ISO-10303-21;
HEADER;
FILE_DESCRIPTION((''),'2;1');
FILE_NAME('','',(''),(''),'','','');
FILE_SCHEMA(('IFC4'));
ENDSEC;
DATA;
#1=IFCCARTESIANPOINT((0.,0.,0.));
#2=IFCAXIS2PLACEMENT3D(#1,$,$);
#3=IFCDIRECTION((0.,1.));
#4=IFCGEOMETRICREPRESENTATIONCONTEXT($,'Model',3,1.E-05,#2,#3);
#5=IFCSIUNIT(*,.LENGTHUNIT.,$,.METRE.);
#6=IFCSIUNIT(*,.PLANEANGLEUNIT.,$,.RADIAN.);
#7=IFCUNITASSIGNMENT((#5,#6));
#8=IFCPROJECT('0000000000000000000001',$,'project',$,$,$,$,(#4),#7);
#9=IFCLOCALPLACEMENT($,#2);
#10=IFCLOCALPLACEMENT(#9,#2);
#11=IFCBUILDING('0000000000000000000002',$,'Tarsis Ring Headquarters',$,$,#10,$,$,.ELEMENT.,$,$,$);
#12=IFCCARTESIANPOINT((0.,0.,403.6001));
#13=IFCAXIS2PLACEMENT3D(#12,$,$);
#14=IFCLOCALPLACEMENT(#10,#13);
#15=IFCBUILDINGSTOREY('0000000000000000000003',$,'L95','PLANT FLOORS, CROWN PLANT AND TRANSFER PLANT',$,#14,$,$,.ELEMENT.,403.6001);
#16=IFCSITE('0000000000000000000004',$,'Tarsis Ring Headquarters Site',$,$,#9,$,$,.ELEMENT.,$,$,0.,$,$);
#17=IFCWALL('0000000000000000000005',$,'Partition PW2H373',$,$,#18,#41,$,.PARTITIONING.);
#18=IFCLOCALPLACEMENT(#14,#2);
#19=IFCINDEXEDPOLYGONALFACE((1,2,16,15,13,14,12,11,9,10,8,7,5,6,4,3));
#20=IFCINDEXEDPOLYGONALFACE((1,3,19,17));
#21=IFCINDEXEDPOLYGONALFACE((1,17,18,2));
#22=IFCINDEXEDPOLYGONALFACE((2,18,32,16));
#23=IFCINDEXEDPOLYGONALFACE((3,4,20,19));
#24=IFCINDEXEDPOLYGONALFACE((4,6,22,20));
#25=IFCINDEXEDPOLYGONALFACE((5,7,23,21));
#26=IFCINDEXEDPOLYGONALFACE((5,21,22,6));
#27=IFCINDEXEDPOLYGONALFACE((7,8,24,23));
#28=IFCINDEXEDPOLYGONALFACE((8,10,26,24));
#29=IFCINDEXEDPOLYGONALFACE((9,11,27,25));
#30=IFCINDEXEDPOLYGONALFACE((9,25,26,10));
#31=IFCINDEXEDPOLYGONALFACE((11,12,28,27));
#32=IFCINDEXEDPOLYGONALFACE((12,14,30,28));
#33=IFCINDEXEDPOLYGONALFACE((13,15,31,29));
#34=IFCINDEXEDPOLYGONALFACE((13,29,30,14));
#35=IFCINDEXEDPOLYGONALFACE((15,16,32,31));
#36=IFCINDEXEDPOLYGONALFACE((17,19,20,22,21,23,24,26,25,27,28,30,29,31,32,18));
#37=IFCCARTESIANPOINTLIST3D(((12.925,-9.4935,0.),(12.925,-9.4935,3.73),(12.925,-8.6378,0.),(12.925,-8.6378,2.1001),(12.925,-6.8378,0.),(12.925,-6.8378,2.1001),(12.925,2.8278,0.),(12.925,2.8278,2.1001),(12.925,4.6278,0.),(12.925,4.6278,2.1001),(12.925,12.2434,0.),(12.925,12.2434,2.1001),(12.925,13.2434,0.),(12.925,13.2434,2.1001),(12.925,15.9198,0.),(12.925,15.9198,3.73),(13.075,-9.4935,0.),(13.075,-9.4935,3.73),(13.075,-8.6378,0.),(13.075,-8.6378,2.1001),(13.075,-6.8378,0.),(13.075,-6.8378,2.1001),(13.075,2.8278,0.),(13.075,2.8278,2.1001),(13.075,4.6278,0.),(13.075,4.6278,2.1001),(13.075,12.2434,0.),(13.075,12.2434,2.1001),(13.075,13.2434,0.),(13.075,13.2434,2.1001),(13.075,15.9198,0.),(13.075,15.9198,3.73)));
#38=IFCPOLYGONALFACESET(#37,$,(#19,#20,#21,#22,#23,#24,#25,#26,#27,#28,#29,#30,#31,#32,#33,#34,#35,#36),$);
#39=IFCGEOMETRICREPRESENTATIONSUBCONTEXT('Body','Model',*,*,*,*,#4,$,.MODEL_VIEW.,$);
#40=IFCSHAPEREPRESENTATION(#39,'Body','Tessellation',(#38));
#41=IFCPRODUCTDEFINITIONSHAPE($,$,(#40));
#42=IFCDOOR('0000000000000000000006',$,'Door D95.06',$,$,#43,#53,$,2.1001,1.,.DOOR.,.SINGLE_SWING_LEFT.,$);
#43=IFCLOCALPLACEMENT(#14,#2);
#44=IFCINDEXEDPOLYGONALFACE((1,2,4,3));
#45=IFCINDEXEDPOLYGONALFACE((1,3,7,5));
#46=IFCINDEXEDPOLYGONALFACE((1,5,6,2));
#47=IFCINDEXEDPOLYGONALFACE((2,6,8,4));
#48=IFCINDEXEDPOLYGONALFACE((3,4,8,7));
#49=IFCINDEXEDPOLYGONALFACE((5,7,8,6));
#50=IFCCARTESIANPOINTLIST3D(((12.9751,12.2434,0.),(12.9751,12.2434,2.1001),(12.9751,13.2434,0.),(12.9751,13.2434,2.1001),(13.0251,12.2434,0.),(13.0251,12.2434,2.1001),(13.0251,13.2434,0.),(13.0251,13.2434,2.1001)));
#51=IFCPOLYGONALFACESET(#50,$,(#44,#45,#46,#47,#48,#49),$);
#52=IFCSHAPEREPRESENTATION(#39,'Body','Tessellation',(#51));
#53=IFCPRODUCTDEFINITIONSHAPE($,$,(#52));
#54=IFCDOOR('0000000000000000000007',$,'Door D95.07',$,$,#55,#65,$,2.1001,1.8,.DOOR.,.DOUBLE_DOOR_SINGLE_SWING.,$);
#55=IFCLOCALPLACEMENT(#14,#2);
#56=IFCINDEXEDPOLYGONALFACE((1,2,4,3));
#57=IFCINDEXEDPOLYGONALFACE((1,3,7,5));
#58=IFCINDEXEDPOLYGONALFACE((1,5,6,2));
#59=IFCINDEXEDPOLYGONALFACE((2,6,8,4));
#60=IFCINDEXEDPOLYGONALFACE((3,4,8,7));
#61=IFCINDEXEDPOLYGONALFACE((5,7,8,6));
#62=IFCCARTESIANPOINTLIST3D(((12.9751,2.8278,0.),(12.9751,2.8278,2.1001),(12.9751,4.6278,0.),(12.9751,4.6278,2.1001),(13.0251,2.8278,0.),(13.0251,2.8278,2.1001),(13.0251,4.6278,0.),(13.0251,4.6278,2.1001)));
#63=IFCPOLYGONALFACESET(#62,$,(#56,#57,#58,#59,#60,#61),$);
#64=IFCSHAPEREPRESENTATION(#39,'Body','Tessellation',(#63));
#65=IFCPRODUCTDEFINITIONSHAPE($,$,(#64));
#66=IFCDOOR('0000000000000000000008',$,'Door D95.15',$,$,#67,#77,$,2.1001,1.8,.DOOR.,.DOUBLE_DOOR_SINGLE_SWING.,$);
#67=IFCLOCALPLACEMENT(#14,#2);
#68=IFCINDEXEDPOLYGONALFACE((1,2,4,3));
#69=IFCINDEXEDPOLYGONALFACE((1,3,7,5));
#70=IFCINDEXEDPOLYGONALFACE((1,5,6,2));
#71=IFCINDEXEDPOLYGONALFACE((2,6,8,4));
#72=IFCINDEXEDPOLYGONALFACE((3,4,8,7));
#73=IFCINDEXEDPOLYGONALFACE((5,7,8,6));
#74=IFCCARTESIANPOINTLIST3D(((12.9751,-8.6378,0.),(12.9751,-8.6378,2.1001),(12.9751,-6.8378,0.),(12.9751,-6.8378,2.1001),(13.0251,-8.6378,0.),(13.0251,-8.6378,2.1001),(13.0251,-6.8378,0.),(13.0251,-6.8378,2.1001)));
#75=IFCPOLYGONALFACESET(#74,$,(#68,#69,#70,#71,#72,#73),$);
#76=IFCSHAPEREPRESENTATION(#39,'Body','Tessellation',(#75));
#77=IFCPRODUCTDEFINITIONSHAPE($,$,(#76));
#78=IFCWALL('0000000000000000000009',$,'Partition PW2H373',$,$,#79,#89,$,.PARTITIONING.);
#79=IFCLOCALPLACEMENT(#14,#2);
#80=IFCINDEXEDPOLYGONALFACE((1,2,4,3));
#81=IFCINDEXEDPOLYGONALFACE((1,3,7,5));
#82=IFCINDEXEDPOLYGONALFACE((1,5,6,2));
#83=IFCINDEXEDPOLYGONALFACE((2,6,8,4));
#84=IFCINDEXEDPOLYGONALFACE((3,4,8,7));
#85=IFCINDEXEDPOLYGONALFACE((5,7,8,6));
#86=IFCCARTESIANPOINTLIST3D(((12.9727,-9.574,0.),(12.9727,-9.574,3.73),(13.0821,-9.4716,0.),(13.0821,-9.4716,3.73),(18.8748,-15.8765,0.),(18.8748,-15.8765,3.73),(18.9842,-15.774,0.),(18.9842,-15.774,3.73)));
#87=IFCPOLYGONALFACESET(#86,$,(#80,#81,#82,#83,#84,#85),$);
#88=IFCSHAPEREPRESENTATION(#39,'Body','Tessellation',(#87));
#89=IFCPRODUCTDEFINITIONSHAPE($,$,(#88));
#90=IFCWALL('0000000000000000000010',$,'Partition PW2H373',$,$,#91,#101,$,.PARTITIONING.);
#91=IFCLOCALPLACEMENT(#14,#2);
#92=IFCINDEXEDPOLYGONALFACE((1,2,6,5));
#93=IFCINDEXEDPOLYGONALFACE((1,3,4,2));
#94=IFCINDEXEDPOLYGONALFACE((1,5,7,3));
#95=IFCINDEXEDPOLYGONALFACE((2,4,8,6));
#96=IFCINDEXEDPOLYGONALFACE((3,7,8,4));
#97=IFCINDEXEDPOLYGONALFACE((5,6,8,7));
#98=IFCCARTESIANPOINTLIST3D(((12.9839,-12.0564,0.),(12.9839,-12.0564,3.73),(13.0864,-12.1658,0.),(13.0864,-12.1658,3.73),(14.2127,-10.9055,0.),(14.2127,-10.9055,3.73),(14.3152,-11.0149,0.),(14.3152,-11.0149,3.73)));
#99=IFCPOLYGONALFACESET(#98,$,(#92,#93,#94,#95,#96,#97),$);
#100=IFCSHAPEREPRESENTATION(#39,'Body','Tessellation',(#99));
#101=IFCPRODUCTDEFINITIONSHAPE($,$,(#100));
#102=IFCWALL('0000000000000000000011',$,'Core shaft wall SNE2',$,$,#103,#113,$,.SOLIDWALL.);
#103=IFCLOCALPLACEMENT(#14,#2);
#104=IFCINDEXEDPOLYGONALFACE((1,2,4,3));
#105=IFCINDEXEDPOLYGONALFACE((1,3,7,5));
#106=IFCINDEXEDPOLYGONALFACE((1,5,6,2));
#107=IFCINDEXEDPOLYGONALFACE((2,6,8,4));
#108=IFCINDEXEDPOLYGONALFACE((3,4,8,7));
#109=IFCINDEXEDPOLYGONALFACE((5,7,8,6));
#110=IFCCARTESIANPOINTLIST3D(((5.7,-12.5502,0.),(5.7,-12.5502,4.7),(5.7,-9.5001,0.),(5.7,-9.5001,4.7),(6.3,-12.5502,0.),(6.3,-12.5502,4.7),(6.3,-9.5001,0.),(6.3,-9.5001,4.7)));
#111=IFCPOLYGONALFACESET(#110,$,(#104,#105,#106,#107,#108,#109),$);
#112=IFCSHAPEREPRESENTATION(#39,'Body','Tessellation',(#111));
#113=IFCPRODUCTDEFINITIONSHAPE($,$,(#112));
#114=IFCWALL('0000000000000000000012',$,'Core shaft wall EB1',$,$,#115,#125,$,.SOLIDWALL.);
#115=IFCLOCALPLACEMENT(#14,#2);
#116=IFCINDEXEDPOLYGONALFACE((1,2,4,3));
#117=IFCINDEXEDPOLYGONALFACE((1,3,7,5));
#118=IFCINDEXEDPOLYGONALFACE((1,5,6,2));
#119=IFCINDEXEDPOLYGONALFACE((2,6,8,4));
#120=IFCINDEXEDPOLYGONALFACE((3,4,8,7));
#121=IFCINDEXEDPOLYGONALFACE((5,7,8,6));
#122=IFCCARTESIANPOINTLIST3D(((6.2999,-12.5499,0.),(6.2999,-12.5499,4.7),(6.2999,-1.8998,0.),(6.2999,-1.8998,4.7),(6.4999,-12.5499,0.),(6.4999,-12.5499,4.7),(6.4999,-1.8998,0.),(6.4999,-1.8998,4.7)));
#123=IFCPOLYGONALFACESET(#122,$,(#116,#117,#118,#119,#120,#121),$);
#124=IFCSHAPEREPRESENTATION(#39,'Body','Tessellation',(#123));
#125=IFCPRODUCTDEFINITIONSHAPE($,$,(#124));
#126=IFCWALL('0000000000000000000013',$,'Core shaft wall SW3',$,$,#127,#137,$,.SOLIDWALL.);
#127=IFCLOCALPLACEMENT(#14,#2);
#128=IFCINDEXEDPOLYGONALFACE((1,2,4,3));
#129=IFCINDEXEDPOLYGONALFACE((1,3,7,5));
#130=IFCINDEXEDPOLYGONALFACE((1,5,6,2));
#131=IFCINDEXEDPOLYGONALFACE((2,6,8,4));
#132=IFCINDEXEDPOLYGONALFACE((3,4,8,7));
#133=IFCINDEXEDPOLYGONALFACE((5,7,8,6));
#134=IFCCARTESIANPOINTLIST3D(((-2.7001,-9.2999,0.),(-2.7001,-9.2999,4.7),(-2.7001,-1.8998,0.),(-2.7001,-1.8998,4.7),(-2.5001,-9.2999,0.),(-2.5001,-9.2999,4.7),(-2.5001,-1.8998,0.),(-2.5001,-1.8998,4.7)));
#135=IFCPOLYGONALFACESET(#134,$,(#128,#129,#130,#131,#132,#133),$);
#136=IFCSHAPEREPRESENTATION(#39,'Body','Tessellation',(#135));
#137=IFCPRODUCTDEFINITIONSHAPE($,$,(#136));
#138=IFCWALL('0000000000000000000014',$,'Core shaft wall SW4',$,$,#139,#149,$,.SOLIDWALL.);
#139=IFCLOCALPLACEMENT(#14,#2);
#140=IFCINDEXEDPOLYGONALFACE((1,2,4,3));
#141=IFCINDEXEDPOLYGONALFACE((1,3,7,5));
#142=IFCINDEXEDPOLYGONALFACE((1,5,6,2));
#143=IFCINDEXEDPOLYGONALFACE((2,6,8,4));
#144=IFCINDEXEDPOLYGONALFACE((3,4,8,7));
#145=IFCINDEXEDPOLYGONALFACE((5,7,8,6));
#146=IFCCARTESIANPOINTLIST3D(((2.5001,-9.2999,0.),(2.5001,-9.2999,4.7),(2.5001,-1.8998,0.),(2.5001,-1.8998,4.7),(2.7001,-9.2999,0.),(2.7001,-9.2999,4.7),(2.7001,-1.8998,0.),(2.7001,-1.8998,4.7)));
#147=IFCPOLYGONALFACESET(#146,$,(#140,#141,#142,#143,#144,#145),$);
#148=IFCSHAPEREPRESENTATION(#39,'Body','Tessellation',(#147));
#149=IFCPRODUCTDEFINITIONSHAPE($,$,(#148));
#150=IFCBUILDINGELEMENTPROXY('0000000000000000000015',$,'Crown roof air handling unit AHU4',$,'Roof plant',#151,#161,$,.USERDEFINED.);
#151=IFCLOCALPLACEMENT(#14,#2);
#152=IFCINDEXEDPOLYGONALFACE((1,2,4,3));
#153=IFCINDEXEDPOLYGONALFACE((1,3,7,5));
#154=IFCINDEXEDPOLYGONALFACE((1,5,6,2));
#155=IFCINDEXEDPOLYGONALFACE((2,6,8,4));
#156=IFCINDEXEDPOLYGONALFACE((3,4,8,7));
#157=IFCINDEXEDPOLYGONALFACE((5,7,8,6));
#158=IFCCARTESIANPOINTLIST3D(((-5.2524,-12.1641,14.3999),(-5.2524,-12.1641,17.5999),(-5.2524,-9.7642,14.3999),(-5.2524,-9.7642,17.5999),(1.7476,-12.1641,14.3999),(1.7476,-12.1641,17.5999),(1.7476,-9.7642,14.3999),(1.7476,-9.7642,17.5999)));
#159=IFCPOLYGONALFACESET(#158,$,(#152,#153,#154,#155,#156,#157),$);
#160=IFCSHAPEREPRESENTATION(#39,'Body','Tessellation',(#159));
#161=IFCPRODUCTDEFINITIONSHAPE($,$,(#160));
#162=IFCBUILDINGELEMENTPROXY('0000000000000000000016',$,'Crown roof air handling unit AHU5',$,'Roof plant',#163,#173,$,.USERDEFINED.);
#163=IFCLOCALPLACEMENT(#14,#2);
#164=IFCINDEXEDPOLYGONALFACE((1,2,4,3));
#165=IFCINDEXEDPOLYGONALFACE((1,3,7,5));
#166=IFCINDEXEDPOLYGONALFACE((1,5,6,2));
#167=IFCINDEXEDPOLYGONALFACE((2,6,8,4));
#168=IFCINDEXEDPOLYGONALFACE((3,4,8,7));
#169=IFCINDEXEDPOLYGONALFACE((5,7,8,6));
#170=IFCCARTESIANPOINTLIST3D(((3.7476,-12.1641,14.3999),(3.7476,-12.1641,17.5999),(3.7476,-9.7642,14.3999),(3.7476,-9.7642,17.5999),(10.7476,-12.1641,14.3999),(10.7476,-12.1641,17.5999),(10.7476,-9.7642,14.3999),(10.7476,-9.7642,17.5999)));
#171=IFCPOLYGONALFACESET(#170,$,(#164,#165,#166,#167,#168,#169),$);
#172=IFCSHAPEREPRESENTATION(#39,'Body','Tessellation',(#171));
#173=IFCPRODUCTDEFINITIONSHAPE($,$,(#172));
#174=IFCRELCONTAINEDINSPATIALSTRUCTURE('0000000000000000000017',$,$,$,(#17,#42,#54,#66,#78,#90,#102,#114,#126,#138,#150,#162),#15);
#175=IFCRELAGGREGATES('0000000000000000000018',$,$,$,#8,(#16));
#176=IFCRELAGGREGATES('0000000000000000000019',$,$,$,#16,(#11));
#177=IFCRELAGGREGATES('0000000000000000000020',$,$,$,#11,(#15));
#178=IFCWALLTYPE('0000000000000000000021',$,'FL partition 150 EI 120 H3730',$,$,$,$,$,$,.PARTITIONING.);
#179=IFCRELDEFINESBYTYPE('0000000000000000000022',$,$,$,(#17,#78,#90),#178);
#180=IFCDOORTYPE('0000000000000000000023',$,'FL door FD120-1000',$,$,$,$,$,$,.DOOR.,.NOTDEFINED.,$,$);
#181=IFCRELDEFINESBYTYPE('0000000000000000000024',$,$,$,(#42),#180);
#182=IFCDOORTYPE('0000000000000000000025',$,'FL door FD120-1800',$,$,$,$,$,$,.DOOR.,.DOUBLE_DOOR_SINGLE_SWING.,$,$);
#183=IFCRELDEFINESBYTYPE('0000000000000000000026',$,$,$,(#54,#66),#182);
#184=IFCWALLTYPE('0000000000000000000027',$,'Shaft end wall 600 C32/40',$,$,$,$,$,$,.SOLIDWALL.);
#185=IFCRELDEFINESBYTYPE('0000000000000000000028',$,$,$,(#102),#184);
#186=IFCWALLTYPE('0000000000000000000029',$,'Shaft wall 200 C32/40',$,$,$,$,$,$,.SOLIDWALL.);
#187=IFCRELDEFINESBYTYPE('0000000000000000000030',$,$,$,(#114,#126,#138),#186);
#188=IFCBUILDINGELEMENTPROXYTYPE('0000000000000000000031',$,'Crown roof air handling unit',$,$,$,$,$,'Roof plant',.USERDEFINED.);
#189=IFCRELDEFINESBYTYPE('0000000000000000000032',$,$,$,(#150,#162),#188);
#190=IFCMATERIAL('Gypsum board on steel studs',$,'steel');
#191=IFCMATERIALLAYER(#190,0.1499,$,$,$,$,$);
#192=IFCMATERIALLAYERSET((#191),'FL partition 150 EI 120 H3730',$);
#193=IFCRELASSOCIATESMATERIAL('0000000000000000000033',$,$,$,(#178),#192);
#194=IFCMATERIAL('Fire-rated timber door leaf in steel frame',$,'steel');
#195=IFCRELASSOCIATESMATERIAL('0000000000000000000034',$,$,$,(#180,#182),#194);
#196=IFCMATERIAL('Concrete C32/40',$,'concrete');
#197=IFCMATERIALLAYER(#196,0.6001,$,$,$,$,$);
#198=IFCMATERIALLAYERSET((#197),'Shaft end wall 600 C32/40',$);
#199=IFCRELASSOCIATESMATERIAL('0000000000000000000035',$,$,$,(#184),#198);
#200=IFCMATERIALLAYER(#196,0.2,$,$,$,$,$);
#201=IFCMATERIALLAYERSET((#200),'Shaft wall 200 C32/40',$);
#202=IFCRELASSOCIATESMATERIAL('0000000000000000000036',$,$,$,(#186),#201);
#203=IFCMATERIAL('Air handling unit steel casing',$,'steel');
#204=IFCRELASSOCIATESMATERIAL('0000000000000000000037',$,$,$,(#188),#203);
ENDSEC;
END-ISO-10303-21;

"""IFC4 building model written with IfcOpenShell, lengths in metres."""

from ifc_helpers import new_model, si_unit, direction, frame, frame_2d, origin, origin_2d, place, context, subcontext, project, spatial, rectangle, extrude, material, layer, layer_set, type_object, element, fill, save


model = new_model("IFC4")

# Units and contexts
model_context = context("Model", 3, precision=1e-05, world=origin(), true_north=direction((0.0, 1.0)))
body_context = subcontext(model_context, "Body", "Model", "MODEL_VIEW")
ifc_project = project(units=[si_unit("LENGTHUNIT", "METRE"), si_unit("PLANEANGLEUNIT", "RADIAN")], contexts=[model_context])

# Site, building, storey
site_placement = place(None, origin())
site = spatial("IfcSite", under=ifc_project, at=site_placement, Name="Tarsis Ring Headquarters Site", CompositionType="ELEMENT", RefElevation=0.0)
building_placement = place(site_placement, origin())
building = spatial("IfcBuilding", under=site, at=building_placement, Name="Tarsis Ring Headquarters", CompositionType="ELEMENT")
storey_placement = place(building_placement, frame((0.0, 0.0, 403.6001)))
storey = spatial("IfcBuildingStorey", under=building, at=storey_placement, Name="L95", Description="PLANT FLOORS, CROWN PLANT AND TRANSFER PLANT", CompositionType="ELEMENT", Elevation=403.6001)

# Wall, openings, doors
ifc_material_1 = material(Name="Gypsum board on steel studs", Category="steel")
ifc_layer_1 = layer(ifc_material_1, 0.1499)
ifc_layer_set_1 = layer_set([ifc_layer_1], Name="FL partition 150 EI 120 H3730")
wall_type_1 = type_object("IfcWallType", Name="FL partition 150 EI 120 H3730", PredefinedType="PARTITIONING", material=ifc_layer_set_1)
wall_1_placement = place(storey_placement, frame((13.0, -9.4934, 0.0), z_axis=(0.0, 0.0, 1.0), x_axis=(0.0, 1.0, 0.0)))
wall_1 = element("IfcWall", 1, at=wall_1_placement, inside=storey, type_object=wall_type_1, Name="Partition PW2H373", PredefinedType="PARTITIONING", context=body_context, shape_type="SweptSolid", body=[
    extrude(rectangle(XDim=25.4133, YDim=0.1499, at=frame_2d((12.7065, 0.0))), origin(), (0.0, 0.0, 1.0), 3.73),
])
opening_1_placement = place(wall_1_placement, frame((21.7368, 0.0, 0.0)))
opening_1 = element("IfcOpeningElement", 2, at=opening_1_placement, cuts=wall_1, PredefinedType="OPENING", context=body_context, shape_type="SweptSolid", body=[
    extrude(rectangle(XDim=1.0, YDim=2.1001, at=frame_2d((0.5, 1.05))), frame((0.0, 0.085, 0.0), z_axis=(0.0, -1.0, 0.0), x_axis=(1.0, 0.0, 0.0)), (0.0, 0.0, 1.0), 0.1699),
])
opening_2_placement = place(wall_1_placement, frame((12.3213, 0.0, 0.0)))
opening_2 = element("IfcOpeningElement", 3, at=opening_2_placement, cuts=wall_1, PredefinedType="OPENING", context=body_context, shape_type="SweptSolid", body=[
    extrude(rectangle(XDim=1.8, YDim=2.1001, at=frame_2d((0.8999, 1.05))), frame((0.0, 0.085, 0.0), z_axis=(0.0, -1.0, 0.0), x_axis=(1.0, 0.0, 0.0)), (0.0, 0.0, 1.0), 0.1699),
])
opening_3_placement = place(wall_1_placement, frame((0.8557, 0.0, 0.0)))
opening_3 = element("IfcOpeningElement", 4, at=opening_3_placement, cuts=wall_1, PredefinedType="OPENING", context=body_context, shape_type="SweptSolid", body=[
    extrude(rectangle(XDim=1.8, YDim=2.1001, at=frame_2d((0.8999, 1.05))), frame((0.0, 0.085, 0.0), z_axis=(0.0, -1.0, 0.0), x_axis=(1.0, 0.0, 0.0)), (0.0, 0.0, 1.0), 0.1699),
])
ifc_material_2 = material(Name="Fire-rated timber door leaf in steel frame", Category="steel")
door_type_1 = type_object("IfcDoorType", Name="FL door FD120-1000", OperationType="NOTDEFINED", PredefinedType="DOOR", material=ifc_material_2)
door_1_placement = place(opening_1_placement, origin())
door_1 = element("IfcDoor", 5, at=door_1_placement, inside=storey, type_object=door_type_1, Name="Door D95.06", OperationType="SINGLE_SWING_LEFT", OverallHeight=2.1001, OverallWidth=1.0, PredefinedType="DOOR", context=body_context, shape_type="SweptSolid", body=[
    extrude(rectangle(XDim=1.0, YDim=2.1001, at=frame_2d((0.5, 1.05))), frame((0.0, 0.0249, 0.0), z_axis=(0.0, -1.0, 0.0), x_axis=(1.0, 0.0, 0.0)), (0.0, 0.0, 1.0), 0.05),
])
fill(opening_1, door_1)
door_type_2 = type_object("IfcDoorType", Name="FL door FD120-1800", OperationType="DOUBLE_DOOR_SINGLE_SWING", PredefinedType="DOOR", material=ifc_material_2)
door_2_placement = place(opening_2_placement, origin())
door_2 = element("IfcDoor", 6, at=door_2_placement, inside=storey, type_object=door_type_2, Name="Door D95.07", OperationType="DOUBLE_DOOR_SINGLE_SWING", OverallHeight=2.1001, OverallWidth=1.8, PredefinedType="DOOR", context=body_context, shape_type="SweptSolid", body=[
    extrude(rectangle(XDim=1.8, YDim=2.1001, at=frame_2d((0.8999, 1.05))), frame((0.0, 0.0249, 0.0), z_axis=(0.0, -1.0, 0.0), x_axis=(1.0, 0.0, 0.0)), (0.0, 0.0, 1.0), 0.05),
])
fill(opening_2, door_2)
door_3_placement = place(opening_3_placement, origin())
door_3 = element("IfcDoor", 7, at=door_3_placement, inside=storey, type_object=door_type_2, Name="Door D95.15", OperationType="DOUBLE_DOOR_SINGLE_SWING", OverallHeight=2.1001, OverallWidth=1.8, PredefinedType="DOOR", context=body_context, shape_type="SweptSolid", body=[
    extrude(rectangle(XDim=1.8, YDim=2.1001, at=frame_2d((0.8999, 1.05))), frame((0.0, 0.0249, 0.0), z_axis=(0.0, -1.0, 0.0), x_axis=(1.0, 0.0, 0.0)), (0.0, 0.0, 1.0), 0.05),
])
fill(opening_3, door_3)

# Walls
wall_2_placement = place(storey_placement, frame((13.0273, -9.5227, 0.0), z_axis=(0.0, 0.0, 1.0), x_axis=(0.683541, -0.729912, 0.0)))
element("IfcWall", 8, at=wall_2_placement, inside=storey, type_object=wall_type_1, Name="Partition PW2H373", PredefinedType="PARTITIONING", context=body_context, shape_type="SweptSolid", body=[
    extrude(rectangle(XDim=8.6345, YDim=0.1499, at=frame_2d((4.3174, 0.0))), origin(), (0.0, 0.0, 1.0), 3.73),
])
wall_3_placement = place(storey_placement, frame((13.0352, -12.1111, 0.0), z_axis=(0.0, 0.0, 1.0), x_axis=(0.729858, 0.683599, 0.0)))
element("IfcWall", 9, at=wall_3_placement, inside=storey, type_object=wall_type_1, Name="Partition PW2H373", PredefinedType="PARTITIONING", context=body_context, shape_type="SweptSolid", body=[
    extrude(rectangle(XDim=1.6836, YDim=0.1499, at=frame_2d((0.8418, 0.0))), origin(), (0.0, 0.0, 1.0), 3.73),
])
ifc_material_3 = material(Name="Concrete C32/40", Category="concrete")
ifc_layer_2 = layer(ifc_material_3, 0.6001)
ifc_layer_set_2 = layer_set([ifc_layer_2], Name="Shaft end wall 600 C32/40")
wall_type_2 = type_object("IfcWallType", Name="Shaft end wall 600 C32/40", PredefinedType="SOLIDWALL", material=ifc_layer_set_2)
wall_4_placement = place(storey_placement, frame((6.0, -12.55, 0.0), z_axis=(0.0, 0.0, 1.0), x_axis=(0.0, 1.0, 0.0)))
element("IfcWall", 10, at=wall_4_placement, inside=storey, type_object=wall_type_2, Name="Core shaft wall SNE2", PredefinedType="SOLIDWALL", context=body_context, shape_type="SweptSolid", body=[
    extrude(rectangle(XDim=3.05, YDim=0.6001, at=frame_2d((1.5249, 0.0))), origin(), (0.0, 0.0, 1.0), 4.7),
])
ifc_layer_3 = layer(ifc_material_3, 0.2)
ifc_layer_set_3 = layer_set([ifc_layer_3], Name="Shaft wall 200 C32/40")
wall_type_3 = type_object("IfcWallType", Name="Shaft wall 200 C32/40", PredefinedType="SOLIDWALL", material=ifc_layer_set_3)
wall_5_placement = place(storey_placement, frame((6.3999, -12.55, 0.0), z_axis=(0.0, 0.0, 1.0), x_axis=(0.0, 1.0, 0.0)))
element("IfcWall", 11, at=wall_5_placement, inside=storey, type_object=wall_type_3, Name="Core shaft wall EB1", PredefinedType="SOLIDWALL", context=body_context, shape_type="SweptSolid", body=[
    extrude(rectangle(XDim=10.6501, YDim=0.2, at=frame_2d((5.3252, 0.0))), origin(), (0.0, 0.0, 1.0), 4.7),
])
for number, where, z_axis, x_axis, name in (
    (12, (-2.6001, -9.3, 0.0), (0.0, 0.0, 1.0), (0.0, 1.0, 0.0), "Core shaft wall SW3"),
    (13, (2.6001, -9.3, 0.0), (0.0, 0.0, 1.0), (0.0, 1.0, 0.0), "Core shaft wall SW4"),
):
    element("IfcWall", number, at=place(storey_placement, frame(where, z_axis=z_axis, x_axis=x_axis)), inside=storey, type_object=wall_type_3, Name=name, PredefinedType="SOLIDWALL", context=body_context, shape_type="SweptSolid", body=[
        extrude(rectangle(XDim=7.4001, YDim=0.2, at=frame_2d((3.7002, 0.0))), origin(), (0.0, 0.0, 1.0), 4.7),
    ])

# Building element proxies
ifc_material_4 = material(Name="Air handling unit steel casing", Category="steel")
building_element_proxy_type = type_object("IfcBuildingElementProxyType", Name="Crown roof air handling unit", ElementType="Roof plant", PredefinedType="USERDEFINED", material=ifc_material_4)
for number, where, z_axis, x_axis, name in (
    (14, (-1.7524, -10.9641, 14.3999), (0.0, 0.0, 1.0), (1.0, 0.0, 0.0), "Crown roof air handling unit AHU4"),
    (15, (7.2476, -10.9641, 14.3999), (0.0, 0.0, 1.0), (1.0, 0.0, 0.0), "Crown roof air handling unit AHU5"),
):
    element("IfcBuildingElementProxy", number, at=place(storey_placement, frame(where, z_axis=z_axis, x_axis=x_axis)), inside=storey, type_object=building_element_proxy_type, Name=name, ObjectType="Roof plant", PredefinedType="USERDEFINED", context=body_context, shape_type="SweptSolid", body=[
        extrude(rectangle(XDim=7.0, YDim=2.3999, at=origin_2d()), origin(), (0.0, 0.0, 1.0), 3.2),
    ])

save(model, "model.ifc")
